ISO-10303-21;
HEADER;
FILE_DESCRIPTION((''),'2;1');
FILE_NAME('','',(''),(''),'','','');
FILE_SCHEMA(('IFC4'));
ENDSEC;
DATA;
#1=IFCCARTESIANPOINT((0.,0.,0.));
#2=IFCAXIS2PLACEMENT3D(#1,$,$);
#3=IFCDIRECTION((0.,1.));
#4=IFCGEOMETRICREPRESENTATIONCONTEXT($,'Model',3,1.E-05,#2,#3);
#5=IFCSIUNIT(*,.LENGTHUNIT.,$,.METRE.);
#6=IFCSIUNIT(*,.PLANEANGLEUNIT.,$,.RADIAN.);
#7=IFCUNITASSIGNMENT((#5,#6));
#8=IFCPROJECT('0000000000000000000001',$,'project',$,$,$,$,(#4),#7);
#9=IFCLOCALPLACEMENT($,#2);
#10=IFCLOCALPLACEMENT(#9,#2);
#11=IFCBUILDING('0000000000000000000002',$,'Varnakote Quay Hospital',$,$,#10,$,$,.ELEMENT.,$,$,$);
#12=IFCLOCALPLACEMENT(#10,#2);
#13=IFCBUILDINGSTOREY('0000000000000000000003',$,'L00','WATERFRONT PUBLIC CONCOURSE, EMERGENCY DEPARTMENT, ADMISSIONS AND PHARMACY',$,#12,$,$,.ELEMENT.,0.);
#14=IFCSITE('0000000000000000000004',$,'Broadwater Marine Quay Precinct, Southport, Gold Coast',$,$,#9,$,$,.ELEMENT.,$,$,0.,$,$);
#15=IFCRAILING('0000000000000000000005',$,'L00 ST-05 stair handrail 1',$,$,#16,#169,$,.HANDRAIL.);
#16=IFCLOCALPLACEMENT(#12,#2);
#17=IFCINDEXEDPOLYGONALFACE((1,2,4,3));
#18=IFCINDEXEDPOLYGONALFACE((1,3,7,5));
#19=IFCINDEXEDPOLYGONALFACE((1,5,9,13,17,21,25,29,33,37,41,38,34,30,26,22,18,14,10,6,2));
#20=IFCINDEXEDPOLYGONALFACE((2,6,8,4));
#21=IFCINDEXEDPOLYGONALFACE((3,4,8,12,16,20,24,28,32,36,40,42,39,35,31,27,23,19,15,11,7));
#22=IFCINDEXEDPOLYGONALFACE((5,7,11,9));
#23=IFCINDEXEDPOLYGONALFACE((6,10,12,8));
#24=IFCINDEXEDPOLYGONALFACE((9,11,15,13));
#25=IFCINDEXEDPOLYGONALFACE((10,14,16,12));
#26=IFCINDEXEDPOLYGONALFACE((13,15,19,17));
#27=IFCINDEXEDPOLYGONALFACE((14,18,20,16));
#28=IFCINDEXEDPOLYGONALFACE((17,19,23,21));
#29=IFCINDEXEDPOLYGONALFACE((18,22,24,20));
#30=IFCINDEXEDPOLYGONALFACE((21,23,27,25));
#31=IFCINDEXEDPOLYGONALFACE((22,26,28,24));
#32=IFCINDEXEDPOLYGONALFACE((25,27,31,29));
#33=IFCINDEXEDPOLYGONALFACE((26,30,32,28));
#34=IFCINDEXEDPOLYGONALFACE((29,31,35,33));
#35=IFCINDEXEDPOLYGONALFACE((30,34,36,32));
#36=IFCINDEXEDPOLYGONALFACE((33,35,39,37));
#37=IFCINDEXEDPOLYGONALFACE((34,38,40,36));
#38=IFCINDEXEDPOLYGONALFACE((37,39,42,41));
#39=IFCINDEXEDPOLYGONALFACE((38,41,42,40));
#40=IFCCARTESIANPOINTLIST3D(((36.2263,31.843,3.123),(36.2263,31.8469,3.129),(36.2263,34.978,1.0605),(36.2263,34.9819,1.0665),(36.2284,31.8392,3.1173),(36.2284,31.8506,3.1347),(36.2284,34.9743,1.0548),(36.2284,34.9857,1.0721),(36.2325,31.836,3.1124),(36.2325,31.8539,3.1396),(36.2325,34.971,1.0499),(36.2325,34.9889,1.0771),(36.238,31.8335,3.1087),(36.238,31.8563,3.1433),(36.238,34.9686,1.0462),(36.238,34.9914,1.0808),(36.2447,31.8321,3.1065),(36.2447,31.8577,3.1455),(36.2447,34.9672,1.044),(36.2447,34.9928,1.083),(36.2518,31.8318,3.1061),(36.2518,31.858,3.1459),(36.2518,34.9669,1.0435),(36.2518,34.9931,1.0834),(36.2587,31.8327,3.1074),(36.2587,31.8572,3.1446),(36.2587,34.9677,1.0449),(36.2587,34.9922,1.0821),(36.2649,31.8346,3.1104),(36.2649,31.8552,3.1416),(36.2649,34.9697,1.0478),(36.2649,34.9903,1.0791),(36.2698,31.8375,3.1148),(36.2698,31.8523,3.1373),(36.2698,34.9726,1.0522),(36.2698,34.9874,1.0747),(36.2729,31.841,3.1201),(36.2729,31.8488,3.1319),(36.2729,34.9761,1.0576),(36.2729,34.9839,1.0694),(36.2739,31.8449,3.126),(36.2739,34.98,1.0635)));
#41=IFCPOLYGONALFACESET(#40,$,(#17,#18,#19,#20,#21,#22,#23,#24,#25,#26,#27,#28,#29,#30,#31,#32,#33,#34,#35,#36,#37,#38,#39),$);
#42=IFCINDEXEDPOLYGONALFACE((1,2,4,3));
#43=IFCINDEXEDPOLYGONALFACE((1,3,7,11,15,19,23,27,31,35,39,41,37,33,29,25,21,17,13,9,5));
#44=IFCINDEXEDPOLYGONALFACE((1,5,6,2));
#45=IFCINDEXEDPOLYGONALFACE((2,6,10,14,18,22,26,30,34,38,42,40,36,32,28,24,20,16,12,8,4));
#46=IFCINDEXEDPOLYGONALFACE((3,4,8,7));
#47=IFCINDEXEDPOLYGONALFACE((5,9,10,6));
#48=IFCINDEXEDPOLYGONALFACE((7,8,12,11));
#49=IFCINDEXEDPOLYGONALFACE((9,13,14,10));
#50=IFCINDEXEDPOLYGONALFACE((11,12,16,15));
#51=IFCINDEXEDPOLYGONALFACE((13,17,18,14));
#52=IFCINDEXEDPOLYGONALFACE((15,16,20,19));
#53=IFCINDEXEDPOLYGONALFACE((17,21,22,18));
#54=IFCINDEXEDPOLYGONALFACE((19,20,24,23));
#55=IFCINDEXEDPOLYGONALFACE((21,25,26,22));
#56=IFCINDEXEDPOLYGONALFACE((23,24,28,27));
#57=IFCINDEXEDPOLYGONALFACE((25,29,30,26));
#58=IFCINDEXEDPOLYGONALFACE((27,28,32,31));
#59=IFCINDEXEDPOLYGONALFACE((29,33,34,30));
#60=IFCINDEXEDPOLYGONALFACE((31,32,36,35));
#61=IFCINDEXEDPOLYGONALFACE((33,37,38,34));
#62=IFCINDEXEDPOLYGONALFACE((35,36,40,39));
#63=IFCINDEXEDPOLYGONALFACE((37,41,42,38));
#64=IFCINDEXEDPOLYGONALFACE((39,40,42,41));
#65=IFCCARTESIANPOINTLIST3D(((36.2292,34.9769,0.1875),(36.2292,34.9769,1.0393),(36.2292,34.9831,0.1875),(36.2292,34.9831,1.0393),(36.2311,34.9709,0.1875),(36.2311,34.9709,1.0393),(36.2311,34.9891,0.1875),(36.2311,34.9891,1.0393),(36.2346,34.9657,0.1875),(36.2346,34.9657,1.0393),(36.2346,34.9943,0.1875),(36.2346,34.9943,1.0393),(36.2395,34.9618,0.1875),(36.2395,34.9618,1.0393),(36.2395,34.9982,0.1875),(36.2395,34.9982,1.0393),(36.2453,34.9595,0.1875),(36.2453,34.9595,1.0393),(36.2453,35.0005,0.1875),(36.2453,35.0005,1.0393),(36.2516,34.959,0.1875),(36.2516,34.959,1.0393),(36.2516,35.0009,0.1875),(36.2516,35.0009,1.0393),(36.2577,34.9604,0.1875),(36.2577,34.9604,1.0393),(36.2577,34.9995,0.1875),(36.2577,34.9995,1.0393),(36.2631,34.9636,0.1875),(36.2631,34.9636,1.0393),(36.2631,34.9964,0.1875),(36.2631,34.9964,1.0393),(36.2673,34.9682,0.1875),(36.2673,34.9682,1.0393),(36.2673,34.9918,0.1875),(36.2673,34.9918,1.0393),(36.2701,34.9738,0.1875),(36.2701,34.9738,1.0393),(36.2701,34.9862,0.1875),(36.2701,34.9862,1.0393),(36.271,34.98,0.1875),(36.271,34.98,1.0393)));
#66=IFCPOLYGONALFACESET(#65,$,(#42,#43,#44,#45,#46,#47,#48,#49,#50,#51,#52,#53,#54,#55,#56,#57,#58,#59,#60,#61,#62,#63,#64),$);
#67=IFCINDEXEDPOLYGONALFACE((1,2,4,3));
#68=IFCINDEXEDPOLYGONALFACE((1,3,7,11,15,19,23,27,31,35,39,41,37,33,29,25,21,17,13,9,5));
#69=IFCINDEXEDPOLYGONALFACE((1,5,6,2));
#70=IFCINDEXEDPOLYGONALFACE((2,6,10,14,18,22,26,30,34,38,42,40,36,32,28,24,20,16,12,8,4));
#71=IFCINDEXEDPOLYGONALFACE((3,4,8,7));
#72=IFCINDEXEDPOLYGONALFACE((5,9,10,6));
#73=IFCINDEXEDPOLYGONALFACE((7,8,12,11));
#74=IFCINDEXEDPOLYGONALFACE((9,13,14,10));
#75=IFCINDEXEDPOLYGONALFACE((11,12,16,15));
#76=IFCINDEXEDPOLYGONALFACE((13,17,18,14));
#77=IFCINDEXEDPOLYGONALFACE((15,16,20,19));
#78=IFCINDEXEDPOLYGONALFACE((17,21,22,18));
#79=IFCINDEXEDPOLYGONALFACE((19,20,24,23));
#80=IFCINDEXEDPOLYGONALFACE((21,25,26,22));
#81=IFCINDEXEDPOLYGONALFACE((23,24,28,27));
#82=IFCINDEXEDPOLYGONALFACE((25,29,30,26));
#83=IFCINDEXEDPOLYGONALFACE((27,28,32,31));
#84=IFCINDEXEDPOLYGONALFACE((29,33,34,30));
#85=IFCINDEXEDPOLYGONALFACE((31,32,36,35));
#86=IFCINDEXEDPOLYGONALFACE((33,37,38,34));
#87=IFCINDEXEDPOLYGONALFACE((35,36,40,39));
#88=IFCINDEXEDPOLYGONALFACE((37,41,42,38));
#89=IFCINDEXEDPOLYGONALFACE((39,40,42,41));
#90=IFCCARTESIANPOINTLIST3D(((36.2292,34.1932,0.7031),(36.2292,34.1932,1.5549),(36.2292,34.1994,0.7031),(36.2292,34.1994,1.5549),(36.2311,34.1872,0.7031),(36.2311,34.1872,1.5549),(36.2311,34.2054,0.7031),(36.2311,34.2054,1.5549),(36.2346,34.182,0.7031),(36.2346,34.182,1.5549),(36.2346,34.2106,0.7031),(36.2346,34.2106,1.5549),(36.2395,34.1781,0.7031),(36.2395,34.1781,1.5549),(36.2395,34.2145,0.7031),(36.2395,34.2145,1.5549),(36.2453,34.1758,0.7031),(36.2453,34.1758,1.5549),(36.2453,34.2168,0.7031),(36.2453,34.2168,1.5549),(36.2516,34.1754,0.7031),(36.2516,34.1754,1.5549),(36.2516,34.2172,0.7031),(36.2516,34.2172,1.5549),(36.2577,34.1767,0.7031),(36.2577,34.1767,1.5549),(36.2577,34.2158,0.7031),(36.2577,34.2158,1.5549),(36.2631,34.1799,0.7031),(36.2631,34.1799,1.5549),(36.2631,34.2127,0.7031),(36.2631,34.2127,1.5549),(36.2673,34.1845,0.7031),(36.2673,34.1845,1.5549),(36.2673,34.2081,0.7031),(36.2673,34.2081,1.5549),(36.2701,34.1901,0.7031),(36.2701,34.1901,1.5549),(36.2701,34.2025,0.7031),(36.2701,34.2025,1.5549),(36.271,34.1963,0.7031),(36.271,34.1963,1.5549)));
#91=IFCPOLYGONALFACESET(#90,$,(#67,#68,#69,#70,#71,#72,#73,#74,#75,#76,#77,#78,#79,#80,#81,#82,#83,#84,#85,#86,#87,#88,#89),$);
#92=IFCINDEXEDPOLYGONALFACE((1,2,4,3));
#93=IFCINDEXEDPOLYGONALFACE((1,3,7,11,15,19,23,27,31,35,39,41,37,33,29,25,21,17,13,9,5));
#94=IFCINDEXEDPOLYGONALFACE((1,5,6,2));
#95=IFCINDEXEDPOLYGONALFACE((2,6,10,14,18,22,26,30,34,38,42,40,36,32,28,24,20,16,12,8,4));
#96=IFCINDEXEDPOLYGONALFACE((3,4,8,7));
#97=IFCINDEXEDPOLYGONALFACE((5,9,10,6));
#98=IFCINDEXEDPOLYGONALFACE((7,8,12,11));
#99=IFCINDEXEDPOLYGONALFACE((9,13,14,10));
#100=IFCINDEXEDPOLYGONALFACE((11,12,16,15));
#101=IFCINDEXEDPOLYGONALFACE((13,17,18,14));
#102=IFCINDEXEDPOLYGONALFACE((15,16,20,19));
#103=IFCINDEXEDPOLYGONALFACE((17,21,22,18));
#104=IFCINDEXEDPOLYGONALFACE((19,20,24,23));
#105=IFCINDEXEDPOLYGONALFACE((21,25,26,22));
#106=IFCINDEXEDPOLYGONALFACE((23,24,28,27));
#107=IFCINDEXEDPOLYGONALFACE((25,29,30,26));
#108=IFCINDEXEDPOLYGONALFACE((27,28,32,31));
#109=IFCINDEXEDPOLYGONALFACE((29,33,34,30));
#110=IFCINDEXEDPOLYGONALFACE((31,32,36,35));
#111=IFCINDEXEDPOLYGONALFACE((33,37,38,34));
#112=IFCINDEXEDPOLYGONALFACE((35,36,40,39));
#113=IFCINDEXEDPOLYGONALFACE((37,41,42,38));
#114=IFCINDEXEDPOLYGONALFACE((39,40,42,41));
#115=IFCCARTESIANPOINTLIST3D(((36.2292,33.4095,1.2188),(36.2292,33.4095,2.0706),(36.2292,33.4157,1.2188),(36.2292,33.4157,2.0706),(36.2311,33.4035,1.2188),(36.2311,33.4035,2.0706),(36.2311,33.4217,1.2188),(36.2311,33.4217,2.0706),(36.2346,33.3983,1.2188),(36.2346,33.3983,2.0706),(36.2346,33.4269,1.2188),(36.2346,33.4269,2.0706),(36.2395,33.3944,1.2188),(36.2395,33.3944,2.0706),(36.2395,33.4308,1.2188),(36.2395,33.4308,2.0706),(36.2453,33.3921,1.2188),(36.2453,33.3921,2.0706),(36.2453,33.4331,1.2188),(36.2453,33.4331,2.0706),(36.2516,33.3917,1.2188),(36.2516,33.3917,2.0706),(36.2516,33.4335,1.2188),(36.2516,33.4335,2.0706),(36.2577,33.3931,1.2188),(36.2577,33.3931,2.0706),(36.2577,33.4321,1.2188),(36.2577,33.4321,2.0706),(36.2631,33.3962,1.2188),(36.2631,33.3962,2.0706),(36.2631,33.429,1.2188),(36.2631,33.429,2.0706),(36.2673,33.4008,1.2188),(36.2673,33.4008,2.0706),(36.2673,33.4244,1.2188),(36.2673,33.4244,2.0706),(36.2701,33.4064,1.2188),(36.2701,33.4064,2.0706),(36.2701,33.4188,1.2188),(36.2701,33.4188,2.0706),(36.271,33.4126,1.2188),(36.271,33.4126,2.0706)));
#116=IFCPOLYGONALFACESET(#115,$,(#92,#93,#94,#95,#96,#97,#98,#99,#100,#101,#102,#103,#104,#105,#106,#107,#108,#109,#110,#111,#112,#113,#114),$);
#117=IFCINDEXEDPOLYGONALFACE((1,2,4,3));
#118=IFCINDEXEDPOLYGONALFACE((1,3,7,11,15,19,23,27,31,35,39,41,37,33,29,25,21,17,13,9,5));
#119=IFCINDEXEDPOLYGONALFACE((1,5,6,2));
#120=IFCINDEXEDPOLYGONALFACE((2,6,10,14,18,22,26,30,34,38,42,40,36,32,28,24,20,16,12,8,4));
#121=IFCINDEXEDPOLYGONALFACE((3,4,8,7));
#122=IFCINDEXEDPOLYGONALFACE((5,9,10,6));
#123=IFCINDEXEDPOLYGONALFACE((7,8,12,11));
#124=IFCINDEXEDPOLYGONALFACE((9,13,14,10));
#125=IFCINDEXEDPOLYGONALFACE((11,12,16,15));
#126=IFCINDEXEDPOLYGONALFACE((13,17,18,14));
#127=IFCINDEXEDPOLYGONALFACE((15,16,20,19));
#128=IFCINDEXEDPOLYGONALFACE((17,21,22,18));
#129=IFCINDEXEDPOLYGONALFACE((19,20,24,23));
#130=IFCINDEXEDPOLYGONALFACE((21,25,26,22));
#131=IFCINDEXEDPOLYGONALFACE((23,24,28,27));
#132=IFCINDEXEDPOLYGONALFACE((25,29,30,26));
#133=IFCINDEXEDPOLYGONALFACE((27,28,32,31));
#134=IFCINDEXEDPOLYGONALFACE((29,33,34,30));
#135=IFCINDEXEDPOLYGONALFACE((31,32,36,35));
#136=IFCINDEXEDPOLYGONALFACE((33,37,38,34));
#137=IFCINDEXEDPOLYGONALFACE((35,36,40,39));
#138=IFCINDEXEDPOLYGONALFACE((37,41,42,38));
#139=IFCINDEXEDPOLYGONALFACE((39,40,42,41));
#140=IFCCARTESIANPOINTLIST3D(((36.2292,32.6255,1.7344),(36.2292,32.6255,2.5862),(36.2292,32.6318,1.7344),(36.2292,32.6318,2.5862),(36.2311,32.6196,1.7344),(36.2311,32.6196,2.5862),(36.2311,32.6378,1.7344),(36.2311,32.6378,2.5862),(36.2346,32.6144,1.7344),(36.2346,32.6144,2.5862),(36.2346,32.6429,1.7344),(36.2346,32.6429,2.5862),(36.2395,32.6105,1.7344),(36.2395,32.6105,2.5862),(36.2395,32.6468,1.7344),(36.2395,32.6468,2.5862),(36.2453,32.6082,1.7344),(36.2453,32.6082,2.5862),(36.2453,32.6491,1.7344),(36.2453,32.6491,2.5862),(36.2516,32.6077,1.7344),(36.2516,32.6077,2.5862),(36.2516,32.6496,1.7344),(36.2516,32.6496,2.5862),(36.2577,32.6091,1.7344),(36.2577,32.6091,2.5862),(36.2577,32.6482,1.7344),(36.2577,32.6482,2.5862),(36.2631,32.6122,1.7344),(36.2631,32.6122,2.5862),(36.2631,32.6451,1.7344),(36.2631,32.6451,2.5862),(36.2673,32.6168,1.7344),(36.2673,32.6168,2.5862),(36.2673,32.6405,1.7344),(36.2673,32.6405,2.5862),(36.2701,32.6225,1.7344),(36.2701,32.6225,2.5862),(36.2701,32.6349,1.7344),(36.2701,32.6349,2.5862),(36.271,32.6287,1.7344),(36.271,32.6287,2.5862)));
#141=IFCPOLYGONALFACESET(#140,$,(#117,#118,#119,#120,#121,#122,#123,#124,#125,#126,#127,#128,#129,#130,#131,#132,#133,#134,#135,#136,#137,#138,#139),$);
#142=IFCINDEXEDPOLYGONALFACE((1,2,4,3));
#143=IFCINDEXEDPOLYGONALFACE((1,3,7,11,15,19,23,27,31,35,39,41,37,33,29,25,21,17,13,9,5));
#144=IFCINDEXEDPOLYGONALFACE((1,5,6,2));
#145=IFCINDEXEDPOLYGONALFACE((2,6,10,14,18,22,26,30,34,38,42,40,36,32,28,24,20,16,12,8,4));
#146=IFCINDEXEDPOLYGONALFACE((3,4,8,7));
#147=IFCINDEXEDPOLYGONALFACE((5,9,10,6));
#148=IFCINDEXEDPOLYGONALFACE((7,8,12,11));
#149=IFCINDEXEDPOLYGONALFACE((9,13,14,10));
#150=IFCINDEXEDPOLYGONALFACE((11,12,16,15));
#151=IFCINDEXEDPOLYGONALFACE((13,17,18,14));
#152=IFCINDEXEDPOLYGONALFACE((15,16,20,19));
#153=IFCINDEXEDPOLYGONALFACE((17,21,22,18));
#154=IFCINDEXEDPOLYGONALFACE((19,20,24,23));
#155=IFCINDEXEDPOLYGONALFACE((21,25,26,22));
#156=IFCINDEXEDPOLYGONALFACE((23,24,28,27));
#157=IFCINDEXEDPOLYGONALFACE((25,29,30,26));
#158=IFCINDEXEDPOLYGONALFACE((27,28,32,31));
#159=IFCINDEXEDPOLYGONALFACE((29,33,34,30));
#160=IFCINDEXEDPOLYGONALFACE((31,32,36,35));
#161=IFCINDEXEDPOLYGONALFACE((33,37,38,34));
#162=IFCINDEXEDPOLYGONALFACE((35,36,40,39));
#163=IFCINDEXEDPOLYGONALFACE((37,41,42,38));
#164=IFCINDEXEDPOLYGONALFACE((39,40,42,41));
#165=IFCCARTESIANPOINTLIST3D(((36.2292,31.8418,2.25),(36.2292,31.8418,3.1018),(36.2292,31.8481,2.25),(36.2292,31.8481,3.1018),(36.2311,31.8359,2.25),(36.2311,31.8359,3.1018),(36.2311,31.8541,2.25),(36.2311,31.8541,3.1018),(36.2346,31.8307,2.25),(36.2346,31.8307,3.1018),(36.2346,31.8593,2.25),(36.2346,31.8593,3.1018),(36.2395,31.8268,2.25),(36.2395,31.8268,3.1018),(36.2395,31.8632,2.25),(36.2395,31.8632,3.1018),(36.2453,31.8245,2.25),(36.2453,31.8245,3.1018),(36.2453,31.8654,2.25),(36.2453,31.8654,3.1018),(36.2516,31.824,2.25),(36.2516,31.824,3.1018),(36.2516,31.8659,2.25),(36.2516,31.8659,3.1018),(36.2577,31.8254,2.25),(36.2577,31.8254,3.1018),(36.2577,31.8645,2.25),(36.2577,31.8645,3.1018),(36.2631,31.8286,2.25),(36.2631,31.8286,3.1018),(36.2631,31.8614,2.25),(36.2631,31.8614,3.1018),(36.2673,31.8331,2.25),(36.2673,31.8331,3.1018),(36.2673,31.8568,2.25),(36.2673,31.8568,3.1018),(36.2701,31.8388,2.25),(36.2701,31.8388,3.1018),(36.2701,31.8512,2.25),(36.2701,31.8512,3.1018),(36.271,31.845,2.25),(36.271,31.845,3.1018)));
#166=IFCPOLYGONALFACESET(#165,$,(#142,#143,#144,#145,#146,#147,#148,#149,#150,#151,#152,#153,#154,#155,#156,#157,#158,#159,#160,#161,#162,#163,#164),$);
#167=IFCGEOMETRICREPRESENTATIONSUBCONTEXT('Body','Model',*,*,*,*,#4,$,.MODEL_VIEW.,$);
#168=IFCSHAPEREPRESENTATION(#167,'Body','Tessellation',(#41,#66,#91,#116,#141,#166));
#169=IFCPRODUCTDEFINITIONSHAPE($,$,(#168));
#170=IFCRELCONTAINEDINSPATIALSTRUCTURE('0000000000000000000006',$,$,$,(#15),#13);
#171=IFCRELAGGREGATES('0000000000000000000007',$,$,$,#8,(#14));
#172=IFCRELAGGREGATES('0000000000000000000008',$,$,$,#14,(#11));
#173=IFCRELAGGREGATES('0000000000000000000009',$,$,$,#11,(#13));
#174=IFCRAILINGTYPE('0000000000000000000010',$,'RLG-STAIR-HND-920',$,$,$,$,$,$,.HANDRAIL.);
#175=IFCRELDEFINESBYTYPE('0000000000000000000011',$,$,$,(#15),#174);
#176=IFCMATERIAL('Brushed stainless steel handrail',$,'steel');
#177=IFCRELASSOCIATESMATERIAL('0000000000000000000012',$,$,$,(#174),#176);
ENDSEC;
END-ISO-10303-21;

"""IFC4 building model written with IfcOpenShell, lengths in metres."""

from ifc_helpers import new_model, si_unit, direction, frame, origin, origin_2d, place, context, subcontext, project, spatial, circle, extrude, material, type_object, element, save


model = new_model("IFC4")

# Units and contexts
model_context = context("Model", 3, precision=1e-05, world=origin(), true_north=direction((0.0, 1.0)))
body_context = subcontext(model_context, "Body", "Model", "MODEL_VIEW")
ifc_project = project(units=[si_unit("LENGTHUNIT", "METRE"), si_unit("PLANEANGLEUNIT", "RADIAN")], contexts=[model_context])

# Site, building, storey
site_placement = place(None, origin())
site = spatial("IfcSite", under=ifc_project, at=site_placement, Name="Broadwater Marine Quay Precinct, Southport, Gold Coast", CompositionType="ELEMENT", RefElevation=0.0)
building_placement = place(site_placement, origin())
building = spatial("IfcBuilding", under=site, at=building_placement, Name="Varnakote Quay Hospital", CompositionType="ELEMENT")
storey_placement = place(building_placement, origin())
storey = spatial("IfcBuildingStorey", under=building, at=storey_placement, Name="L00", Description="WATERFRONT PUBLIC CONCOURSE, EMERGENCY DEPARTMENT, ADMISSIONS AND PHARMACY", CompositionType="ELEMENT", Elevation=0.0)

# Railing
ifc_material_1 = material(Name="Brushed stainless steel handrail", Category="steel")
railing_type_1 = type_object("IfcRailingType", Name="RLG-STAIR-HND-920", PredefinedType="HANDRAIL", material=ifc_material_1)
railing_1_placement = place(storey_placement, frame((36.25, 34.98, 0.1875)))
element("IfcRailing", 1, at=railing_1_placement, inside=storey, type_object=railing_type_1, Name="L00 ST-05 stair handrail 1", PredefinedType="HANDRAIL", context=body_context, shape_type="SweptSolid", body=[
    extrude(circle(Radius=0.0239, at=origin_2d()), frame((0.0, 0.0, 0.876), z_axis=(0.0, -0.835418, 0.549615), x_axis=(1.0, 0.0, 0.0)), (0.0, 0.0, 1.0), 3.7527),
    extrude(circle(Radius=0.021, at=origin_2d()), origin(), (0.0, 0.0, 1.0), 0.8518),
    extrude(circle(Radius=0.021, at=origin_2d()), frame((0.0, -0.7837, 0.5156)), (0.0, 0.0, 1.0), 0.8518),
    extrude(circle(Radius=0.021, at=origin_2d()), frame((0.0, -1.5674, 1.0312)), (0.0, 0.0, 1.0), 0.8518),
    extrude(circle(Radius=0.021, at=origin_2d()), frame((0.0, -2.3513, 1.5469)), (0.0, 0.0, 1.0), 0.8518),
    extrude(circle(Radius=0.021, at=origin_2d()), frame((0.0, -3.135, 2.0625)), (0.0, 0.0, 1.0), 0.8518),
])

save(model, "model.ifc")
